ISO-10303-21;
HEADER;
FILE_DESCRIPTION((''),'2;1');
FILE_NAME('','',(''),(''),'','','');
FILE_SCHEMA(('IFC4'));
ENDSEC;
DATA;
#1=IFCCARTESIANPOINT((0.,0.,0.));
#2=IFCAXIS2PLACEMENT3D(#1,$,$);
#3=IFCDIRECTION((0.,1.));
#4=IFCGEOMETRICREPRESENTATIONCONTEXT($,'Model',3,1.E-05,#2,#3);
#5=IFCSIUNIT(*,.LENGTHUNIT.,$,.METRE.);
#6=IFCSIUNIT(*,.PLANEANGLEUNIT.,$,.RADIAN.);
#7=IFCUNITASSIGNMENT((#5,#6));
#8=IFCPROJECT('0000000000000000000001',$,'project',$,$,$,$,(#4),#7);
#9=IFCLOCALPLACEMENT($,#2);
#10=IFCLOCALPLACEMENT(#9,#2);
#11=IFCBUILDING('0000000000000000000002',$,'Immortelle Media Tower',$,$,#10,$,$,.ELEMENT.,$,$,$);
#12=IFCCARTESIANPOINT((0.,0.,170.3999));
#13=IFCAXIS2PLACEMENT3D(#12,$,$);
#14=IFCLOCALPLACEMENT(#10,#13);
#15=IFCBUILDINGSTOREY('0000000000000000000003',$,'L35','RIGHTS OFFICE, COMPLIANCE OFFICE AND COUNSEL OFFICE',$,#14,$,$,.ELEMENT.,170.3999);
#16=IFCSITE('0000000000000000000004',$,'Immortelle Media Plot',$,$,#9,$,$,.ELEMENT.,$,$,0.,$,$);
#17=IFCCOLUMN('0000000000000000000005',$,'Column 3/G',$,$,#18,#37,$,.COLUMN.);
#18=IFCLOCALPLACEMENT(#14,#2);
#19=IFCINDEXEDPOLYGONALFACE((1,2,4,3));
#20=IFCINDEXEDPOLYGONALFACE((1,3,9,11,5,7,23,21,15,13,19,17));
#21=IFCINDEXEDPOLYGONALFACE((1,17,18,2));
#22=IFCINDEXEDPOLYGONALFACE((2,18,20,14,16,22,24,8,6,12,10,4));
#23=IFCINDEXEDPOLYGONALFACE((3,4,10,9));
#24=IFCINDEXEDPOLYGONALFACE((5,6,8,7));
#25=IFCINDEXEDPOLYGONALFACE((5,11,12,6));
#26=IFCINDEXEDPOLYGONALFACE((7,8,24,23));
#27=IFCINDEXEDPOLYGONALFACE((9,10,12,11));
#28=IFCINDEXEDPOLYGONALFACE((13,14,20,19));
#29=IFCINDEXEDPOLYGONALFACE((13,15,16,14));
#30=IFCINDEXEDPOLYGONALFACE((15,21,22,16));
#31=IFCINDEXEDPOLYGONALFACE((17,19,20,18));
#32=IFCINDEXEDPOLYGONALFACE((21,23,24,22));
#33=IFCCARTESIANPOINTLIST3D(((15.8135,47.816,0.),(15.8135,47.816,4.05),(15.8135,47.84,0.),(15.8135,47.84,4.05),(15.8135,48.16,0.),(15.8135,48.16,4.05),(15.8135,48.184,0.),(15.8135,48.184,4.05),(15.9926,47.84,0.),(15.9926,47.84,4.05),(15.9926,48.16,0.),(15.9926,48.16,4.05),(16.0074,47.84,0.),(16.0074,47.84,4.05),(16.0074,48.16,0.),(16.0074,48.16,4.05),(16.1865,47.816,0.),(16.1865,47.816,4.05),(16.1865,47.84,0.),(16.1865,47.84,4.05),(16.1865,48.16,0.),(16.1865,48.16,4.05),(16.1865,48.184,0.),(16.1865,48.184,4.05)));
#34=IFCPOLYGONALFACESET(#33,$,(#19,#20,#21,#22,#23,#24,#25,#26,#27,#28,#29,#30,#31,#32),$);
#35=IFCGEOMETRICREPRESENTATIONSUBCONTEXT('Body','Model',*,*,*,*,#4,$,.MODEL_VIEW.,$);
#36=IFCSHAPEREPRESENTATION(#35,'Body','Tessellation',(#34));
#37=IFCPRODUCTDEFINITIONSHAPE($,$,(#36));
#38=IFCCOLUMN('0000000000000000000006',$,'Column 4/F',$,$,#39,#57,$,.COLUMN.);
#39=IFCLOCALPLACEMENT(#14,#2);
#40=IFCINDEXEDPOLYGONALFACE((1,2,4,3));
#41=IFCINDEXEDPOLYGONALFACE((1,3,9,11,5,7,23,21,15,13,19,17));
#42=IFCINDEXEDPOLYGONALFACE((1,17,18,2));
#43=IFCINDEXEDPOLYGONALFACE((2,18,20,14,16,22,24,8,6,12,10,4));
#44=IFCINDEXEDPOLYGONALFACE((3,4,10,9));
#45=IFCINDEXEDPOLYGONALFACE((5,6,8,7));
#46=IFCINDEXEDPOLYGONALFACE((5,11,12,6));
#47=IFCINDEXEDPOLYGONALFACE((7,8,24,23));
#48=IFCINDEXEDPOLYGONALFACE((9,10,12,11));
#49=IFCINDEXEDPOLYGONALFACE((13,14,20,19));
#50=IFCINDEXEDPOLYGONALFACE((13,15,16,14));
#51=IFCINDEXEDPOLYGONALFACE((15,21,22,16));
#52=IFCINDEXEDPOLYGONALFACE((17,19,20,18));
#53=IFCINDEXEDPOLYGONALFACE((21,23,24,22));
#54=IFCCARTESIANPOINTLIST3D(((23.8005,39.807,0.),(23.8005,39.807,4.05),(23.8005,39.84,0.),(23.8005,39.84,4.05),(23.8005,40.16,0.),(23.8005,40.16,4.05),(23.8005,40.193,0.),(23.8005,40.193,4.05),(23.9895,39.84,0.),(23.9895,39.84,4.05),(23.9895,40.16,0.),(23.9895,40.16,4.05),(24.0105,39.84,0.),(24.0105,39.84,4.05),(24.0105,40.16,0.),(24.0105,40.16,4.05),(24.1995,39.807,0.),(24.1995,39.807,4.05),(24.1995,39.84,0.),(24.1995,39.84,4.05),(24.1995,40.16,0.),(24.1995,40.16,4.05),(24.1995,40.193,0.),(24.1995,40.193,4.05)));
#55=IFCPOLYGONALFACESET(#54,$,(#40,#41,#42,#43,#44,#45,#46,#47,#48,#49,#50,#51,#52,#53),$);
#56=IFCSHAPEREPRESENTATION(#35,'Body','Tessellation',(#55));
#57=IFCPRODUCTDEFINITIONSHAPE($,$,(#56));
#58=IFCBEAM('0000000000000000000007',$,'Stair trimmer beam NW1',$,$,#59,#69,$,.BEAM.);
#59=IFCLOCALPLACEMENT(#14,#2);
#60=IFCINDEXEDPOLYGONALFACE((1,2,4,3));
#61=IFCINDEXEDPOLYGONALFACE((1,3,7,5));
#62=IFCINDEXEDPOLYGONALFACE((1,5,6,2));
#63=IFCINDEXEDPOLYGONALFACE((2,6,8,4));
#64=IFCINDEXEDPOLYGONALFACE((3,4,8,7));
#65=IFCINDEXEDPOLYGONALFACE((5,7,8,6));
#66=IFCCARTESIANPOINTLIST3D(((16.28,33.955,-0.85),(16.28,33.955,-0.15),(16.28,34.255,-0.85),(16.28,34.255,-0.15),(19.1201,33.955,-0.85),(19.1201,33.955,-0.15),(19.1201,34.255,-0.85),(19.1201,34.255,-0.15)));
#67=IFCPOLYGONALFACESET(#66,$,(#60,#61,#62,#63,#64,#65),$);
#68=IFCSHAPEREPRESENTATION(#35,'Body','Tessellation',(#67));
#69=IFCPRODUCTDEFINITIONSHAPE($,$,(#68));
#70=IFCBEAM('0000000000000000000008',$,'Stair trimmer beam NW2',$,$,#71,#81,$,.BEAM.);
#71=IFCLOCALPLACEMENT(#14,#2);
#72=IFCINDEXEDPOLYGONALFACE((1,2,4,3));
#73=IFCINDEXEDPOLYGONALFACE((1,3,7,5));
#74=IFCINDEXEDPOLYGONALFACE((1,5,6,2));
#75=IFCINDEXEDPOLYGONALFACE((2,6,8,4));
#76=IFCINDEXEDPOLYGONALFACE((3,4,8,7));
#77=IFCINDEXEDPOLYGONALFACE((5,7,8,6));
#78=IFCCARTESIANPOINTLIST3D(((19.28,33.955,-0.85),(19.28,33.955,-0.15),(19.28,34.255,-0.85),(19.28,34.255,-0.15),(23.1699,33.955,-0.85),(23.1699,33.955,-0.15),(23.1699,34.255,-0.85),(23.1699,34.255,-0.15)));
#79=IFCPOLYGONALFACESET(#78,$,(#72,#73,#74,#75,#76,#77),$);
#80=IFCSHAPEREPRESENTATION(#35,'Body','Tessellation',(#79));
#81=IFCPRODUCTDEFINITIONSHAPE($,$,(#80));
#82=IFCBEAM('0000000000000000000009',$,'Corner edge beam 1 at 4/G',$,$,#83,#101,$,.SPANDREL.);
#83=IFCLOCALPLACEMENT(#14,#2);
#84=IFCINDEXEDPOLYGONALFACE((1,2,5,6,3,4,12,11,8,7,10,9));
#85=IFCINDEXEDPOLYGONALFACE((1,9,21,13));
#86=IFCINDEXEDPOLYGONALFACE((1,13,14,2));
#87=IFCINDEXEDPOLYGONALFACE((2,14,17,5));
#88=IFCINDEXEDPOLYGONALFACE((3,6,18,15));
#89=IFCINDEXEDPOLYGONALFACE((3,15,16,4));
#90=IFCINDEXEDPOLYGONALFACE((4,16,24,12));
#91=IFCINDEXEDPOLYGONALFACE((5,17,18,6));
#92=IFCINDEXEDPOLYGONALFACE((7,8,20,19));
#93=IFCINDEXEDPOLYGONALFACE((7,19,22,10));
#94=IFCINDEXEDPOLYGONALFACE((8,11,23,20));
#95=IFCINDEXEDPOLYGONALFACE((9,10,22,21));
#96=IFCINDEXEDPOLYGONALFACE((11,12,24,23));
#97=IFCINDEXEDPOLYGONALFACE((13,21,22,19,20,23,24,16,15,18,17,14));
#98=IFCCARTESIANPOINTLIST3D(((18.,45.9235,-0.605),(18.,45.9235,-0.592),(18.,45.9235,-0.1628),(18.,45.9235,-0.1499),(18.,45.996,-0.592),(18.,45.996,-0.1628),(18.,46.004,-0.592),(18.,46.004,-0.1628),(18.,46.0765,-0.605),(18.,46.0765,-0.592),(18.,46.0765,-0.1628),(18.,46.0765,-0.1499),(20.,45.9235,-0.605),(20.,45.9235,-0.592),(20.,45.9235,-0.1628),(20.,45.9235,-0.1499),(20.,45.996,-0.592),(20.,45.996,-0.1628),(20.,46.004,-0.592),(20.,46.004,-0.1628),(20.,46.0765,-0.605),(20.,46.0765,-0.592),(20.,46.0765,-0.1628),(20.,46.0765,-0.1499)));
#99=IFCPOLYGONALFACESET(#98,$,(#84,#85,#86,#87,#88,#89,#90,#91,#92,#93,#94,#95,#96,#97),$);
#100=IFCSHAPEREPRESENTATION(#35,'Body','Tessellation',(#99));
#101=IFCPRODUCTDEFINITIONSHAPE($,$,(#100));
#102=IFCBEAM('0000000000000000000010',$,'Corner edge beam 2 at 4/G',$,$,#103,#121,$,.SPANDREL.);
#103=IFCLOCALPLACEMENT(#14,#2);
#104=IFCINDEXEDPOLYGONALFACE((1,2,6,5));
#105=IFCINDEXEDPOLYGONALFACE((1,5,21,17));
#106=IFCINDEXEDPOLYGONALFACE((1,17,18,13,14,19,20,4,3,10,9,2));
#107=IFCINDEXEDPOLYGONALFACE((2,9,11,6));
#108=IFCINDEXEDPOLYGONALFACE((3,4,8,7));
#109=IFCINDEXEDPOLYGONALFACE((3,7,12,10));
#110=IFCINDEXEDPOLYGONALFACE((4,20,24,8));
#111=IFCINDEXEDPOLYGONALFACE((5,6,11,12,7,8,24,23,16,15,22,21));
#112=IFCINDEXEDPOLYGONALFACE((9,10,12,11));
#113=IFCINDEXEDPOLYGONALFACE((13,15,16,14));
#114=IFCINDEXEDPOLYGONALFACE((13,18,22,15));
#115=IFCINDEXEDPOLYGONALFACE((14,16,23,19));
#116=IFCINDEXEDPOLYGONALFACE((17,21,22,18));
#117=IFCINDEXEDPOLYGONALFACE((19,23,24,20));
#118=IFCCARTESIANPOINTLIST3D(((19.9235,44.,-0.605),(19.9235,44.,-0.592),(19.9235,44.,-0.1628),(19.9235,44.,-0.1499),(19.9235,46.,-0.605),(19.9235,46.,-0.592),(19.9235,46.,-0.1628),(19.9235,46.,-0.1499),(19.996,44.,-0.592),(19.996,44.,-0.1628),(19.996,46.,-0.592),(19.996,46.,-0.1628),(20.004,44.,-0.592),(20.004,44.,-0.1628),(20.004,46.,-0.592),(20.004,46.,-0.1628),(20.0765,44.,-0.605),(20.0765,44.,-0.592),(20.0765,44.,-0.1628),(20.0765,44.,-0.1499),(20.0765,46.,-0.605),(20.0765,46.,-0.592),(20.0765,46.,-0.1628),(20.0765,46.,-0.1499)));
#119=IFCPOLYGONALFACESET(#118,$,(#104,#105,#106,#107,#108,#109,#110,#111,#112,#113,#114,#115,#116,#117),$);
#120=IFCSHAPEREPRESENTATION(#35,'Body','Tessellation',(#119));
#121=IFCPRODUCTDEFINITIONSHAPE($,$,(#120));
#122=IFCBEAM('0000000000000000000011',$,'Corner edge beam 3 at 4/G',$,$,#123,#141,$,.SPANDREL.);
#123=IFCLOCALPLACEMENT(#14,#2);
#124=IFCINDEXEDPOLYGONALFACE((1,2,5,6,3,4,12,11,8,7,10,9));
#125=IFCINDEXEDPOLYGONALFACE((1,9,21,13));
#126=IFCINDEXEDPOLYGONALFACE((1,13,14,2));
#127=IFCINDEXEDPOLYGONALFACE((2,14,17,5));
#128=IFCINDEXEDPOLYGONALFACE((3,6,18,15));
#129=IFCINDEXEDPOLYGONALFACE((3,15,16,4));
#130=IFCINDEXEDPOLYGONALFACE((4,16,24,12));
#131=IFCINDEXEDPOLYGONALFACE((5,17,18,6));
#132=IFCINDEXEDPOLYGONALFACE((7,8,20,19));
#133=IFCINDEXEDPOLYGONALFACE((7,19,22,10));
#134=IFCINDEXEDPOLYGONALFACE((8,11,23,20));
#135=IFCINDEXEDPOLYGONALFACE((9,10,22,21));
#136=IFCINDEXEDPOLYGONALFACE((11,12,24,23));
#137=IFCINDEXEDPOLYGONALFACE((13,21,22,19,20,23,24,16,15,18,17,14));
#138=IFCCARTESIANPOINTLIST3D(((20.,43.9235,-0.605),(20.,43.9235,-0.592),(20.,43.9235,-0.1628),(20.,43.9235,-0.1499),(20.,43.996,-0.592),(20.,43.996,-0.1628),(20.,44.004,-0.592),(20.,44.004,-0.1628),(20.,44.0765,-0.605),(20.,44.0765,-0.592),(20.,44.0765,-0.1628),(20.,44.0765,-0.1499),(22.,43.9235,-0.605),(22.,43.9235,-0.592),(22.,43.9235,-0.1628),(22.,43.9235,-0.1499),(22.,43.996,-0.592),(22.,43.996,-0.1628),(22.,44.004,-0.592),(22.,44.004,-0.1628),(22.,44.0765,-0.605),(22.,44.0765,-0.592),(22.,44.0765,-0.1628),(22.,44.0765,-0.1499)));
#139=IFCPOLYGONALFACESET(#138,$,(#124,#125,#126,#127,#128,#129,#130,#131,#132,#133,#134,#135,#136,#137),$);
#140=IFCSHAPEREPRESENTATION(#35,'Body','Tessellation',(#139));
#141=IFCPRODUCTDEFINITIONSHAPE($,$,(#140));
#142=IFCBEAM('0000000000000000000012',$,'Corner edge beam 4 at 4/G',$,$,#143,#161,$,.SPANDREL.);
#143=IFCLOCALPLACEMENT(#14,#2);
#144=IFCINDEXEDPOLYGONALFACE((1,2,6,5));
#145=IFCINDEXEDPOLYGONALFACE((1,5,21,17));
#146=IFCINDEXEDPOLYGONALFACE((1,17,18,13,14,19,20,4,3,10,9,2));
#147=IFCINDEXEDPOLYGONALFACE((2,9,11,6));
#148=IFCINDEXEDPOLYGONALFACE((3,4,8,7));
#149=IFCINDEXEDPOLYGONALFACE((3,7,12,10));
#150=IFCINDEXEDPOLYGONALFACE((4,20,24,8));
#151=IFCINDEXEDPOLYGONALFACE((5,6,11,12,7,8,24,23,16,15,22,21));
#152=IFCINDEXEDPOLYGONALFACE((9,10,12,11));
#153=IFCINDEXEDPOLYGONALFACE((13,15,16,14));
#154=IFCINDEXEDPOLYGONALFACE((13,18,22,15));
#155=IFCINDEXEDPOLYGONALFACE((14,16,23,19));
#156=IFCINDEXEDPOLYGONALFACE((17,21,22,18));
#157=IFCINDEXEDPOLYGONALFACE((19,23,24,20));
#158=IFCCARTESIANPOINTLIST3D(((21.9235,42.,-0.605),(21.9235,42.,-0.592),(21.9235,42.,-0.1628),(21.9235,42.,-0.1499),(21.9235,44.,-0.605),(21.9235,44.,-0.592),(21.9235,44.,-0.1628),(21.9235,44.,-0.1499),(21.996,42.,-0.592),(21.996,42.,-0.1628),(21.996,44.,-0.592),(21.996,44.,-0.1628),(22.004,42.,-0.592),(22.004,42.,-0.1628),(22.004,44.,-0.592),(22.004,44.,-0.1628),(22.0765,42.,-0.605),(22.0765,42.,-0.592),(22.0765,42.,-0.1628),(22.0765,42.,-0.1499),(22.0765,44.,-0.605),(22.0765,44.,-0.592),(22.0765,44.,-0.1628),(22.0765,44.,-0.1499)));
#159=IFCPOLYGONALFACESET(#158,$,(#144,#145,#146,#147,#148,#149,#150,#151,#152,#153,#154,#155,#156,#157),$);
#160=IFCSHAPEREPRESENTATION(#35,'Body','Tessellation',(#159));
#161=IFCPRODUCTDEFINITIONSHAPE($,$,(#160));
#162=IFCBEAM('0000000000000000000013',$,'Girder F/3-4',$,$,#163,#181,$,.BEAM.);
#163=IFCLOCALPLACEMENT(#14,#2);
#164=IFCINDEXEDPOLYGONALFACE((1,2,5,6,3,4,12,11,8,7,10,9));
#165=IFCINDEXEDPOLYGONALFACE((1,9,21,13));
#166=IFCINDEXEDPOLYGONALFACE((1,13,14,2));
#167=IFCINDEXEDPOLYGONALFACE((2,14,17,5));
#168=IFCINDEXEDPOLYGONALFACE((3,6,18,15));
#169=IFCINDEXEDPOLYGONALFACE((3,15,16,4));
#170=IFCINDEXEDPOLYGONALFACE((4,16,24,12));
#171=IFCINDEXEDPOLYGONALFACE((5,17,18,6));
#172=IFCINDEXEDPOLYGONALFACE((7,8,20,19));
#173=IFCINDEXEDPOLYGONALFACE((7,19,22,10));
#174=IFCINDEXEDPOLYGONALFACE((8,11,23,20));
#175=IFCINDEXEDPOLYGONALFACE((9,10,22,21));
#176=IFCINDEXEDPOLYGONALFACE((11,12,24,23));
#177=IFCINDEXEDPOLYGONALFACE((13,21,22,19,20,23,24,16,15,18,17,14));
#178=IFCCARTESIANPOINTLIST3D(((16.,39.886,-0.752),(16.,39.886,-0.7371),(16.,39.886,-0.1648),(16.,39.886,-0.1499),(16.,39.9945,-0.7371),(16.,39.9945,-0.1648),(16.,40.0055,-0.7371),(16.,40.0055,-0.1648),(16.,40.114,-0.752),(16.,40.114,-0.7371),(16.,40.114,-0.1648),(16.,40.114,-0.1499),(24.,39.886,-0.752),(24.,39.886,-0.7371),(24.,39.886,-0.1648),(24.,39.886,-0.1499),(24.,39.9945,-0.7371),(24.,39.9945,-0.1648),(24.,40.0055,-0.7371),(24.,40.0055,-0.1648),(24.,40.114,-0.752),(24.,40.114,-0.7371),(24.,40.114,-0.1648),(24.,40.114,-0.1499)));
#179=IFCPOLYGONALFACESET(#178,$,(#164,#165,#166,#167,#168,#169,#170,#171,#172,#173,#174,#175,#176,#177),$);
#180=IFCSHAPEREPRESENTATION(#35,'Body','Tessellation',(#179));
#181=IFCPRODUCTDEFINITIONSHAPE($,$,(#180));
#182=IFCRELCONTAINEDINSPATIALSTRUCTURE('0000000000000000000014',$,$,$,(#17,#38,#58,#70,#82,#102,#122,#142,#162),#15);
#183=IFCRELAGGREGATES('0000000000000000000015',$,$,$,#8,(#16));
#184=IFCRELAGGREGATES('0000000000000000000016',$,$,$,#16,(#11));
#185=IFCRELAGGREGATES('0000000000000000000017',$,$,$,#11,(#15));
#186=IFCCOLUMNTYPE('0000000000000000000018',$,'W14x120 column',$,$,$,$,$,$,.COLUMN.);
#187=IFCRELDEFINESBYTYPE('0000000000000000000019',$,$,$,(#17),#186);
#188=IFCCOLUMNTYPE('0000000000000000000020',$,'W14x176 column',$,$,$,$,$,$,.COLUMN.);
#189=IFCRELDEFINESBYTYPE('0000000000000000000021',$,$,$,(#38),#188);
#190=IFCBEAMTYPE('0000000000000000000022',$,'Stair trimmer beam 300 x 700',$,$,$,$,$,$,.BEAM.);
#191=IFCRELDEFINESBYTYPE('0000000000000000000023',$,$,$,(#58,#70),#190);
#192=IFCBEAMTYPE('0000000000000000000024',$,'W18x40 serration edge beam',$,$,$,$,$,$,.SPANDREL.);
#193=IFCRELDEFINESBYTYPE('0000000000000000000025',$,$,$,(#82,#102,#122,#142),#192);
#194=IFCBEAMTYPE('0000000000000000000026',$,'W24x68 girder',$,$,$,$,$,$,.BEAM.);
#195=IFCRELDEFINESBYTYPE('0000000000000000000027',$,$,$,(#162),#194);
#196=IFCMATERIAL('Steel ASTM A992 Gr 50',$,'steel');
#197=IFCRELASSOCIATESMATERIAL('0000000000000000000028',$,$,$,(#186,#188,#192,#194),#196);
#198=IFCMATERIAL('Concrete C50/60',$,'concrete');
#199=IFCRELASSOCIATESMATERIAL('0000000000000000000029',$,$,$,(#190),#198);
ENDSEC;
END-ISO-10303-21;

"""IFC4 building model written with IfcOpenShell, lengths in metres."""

from ifc_helpers import new_model, si_unit, direction, frame, origin, origin_2d, place, context, subcontext, project, spatial, rectangle, i_section, extrude, material, material_profile, profile_set, type_object, element, save


model = new_model("IFC4")

# Units and contexts
model_context = context("Model", 3, precision=1e-05, world=origin(), true_north=direction((0.0, 1.0)))
body_context = subcontext(model_context, "Body", "Model", "MODEL_VIEW")
ifc_project = project(units=[si_unit("LENGTHUNIT", "METRE"), si_unit("PLANEANGLEUNIT", "RADIAN")], contexts=[model_context])

# Site, building, storey
site_placement = place(None, origin())
site = spatial("IfcSite", under=ifc_project, at=site_placement, Name="Immortelle Media Plot", CompositionType="ELEMENT", RefElevation=0.0)
building_placement = place(site_placement, origin())
building = spatial("IfcBuilding", under=site, at=building_placement, Name="Immortelle Media Tower", CompositionType="ELEMENT")
storey_placement = place(building_placement, frame((0.0, 0.0, 170.3999)))
storey = spatial("IfcBuildingStorey", under=building, at=storey_placement, Name="L35", Description="RIGHTS OFFICE, COMPLIANCE OFFICE AND COUNSEL OFFICE", CompositionType="ELEMENT", Elevation=170.3999)

# Columns
ifc_material_1 = material(Name="Steel ASTM A992 Gr 50", Category="steel")
ifc_material_profile_1 = material_profile(ifc_material_1, i_section(OverallWidth=0.373, OverallDepth=0.3679, WebThickness=0.0149, FlangeThickness=0.0239, at=origin_2d()), Name="W14x120")
ifc_profile_set_1 = profile_set([ifc_material_profile_1], Name="Steel ASTM A992 Gr 50")
column_type_1 = type_object("IfcColumnType", Name="W14x120 column", PredefinedType="COLUMN", material=ifc_profile_set_1)
column_1_placement = place(storey_placement, frame((16.0, 48.0, 0.0), z_axis=(0.0, 0.0, 1.0), x_axis=(1.0, 0.0, 0.0)))
element("IfcColumn", 1, at=column_1_placement, inside=storey, type_object=column_type_1, Name="Column 3/G", PredefinedType="COLUMN", context=body_context, shape_type="SweptSolid", body=[
    extrude(i_section(OverallWidth=0.373, OverallDepth=0.3679, WebThickness=0.0149, FlangeThickness=0.0239, at=origin_2d()), origin(), (0.0, 0.0, 1.0), 4.05),
])
ifc_material_profile_2 = material_profile(ifc_material_1, i_section(OverallWidth=0.3989, OverallDepth=0.386, WebThickness=0.021, FlangeThickness=0.033, at=origin_2d()), Name="W14x176")
ifc_profile_set_2 = profile_set([ifc_material_profile_2], Name="Steel ASTM A992 Gr 50")
column_type_2 = type_object("IfcColumnType", Name="W14x176 column", PredefinedType="COLUMN", material=ifc_profile_set_2)
column_2_placement = place(storey_placement, frame((24.0, 40.0, 0.0), z_axis=(0.0, 0.0, 1.0), x_axis=(1.0, 0.0, 0.0)))
element("IfcColumn", 2, at=column_2_placement, inside=storey, type_object=column_type_2, Name="Column 4/F", PredefinedType="COLUMN", context=body_context, shape_type="SweptSolid", body=[
    extrude(i_section(OverallWidth=0.3989, OverallDepth=0.386, WebThickness=0.021, FlangeThickness=0.033, at=origin_2d()), origin(), (0.0, 0.0, 1.0), 4.05),
])

# Beams
ifc_material_2 = material(Name="Concrete C50/60", Category="concrete")
ifc_material_profile_3 = material_profile(ifc_material_2, rectangle(XDim=0.3, YDim=0.7, at=origin_2d()), Name="RC 300x700")
ifc_profile_set_3 = profile_set([ifc_material_profile_3], Name="Concrete C50/60")
beam_type_1 = type_object("IfcBeamType", Name="Stair trimmer beam 300 x 700", PredefinedType="BEAM", material=ifc_profile_set_3)
beam_1_placement = place(storey_placement, frame((16.28, 34.105, -0.5), z_axis=(1.0, 0.0, 0.0), x_axis=(0.0, 1.0, 0.0)))
element("IfcBeam", 3, at=beam_1_placement, inside=storey, type_object=beam_type_1, Name="Stair trimmer beam NW1", PredefinedType="BEAM", context=body_context, shape_type="SweptSolid", body=[
    extrude(rectangle(XDim=0.3, YDim=0.7, at=origin_2d()), origin(), (0.0, 0.0, 1.0), 2.8401),
])
beam_2_placement = place(storey_placement, frame((19.28, 34.105, -0.5), z_axis=(1.0, 0.0, 0.0), x_axis=(0.0, 1.0, 0.0)))
element("IfcBeam", 4, at=beam_2_placement, inside=storey, type_object=beam_type_1, Name="Stair trimmer beam NW2", PredefinedType="BEAM", context=body_context, shape_type="SweptSolid", body=[
    extrude(rectangle(XDim=0.3, YDim=0.7, at=origin_2d()), origin(), (0.0, 0.0, 1.0), 3.8899),
])
ifc_material_profile_4 = material_profile(ifc_material_1, i_section(OverallWidth=0.1531, OverallDepth=0.4551, WebThickness=0.0081, FlangeThickness=0.0129, at=origin_2d()), Name="W18x40")
ifc_profile_set_4 = profile_set([ifc_material_profile_4], Name="Steel ASTM A992 Gr 50")
beam_type_2 = type_object("IfcBeamType", Name="W18x40 serration edge beam", PredefinedType="SPANDREL", material=ifc_profile_set_4)
for number, where, z_axis, x_axis, name in (
    (5, (18.0, 46.0, -0.3774), (1.0, 0.0, 0.0), (0.0, 1.0, 0.0), "Corner edge beam 1 at 4/G"),
    (6, (20.0, 46.0, -0.3774), (0.0, -1.0, 0.0), (1.0, 0.0, 0.0), "Corner edge beam 2 at 4/G"),
    (7, (20.0, 44.0, -0.3774), (1.0, 0.0, 0.0), (0.0, 1.0, 0.0), "Corner edge beam 3 at 4/G"),
    (8, (22.0, 44.0, -0.3774), (0.0, -1.0, 0.0), (1.0, 0.0, 0.0), "Corner edge beam 4 at 4/G"),
):
    element("IfcBeam", number, at=place(storey_placement, frame(where, z_axis=z_axis, x_axis=x_axis)), inside=storey, type_object=beam_type_2, Name=name, PredefinedType="SPANDREL", context=body_context, shape_type="SweptSolid", body=[
        extrude(i_section(OverallWidth=0.1531, OverallDepth=0.4551, WebThickness=0.0081, FlangeThickness=0.0129, at=origin_2d()), origin(), (0.0, 0.0, 1.0), 2.0),
    ])
ifc_material_profile_5 = material_profile(ifc_material_1, i_section(OverallWidth=0.228, OverallDepth=0.6021, WebThickness=0.011, FlangeThickness=0.0149, at=origin_2d()), Name="W24x68")
ifc_profile_set_5 = profile_set([ifc_material_profile_5], Name="Steel ASTM A992 Gr 50")
beam_type_3 = type_object("IfcBeamType", Name="W24x68 girder", PredefinedType="BEAM", material=ifc_profile_set_5)
for number, where, z_axis, x_axis, name in (
    (9, (16.0, 40.0, -0.4509), (1.0, 0.0, 0.0), (0.0, 1.0, 0.0), "Girder F/3-4"),
):
    element("IfcBeam", number, at=place(storey_placement, frame(where, z_axis=z_axis, x_axis=x_axis)), inside=storey, type_object=beam_type_3, Name=name, PredefinedType="BEAM", context=body_context, shape_type="SweptSolid", body=[
        extrude(i_section(OverallWidth=0.228, OverallDepth=0.6021, WebThickness=0.011, FlangeThickness=0.0149, at=origin_2d()), origin(), (0.0, 0.0, 1.0), 8.0),
    ])

save(model, "model.ifc")
